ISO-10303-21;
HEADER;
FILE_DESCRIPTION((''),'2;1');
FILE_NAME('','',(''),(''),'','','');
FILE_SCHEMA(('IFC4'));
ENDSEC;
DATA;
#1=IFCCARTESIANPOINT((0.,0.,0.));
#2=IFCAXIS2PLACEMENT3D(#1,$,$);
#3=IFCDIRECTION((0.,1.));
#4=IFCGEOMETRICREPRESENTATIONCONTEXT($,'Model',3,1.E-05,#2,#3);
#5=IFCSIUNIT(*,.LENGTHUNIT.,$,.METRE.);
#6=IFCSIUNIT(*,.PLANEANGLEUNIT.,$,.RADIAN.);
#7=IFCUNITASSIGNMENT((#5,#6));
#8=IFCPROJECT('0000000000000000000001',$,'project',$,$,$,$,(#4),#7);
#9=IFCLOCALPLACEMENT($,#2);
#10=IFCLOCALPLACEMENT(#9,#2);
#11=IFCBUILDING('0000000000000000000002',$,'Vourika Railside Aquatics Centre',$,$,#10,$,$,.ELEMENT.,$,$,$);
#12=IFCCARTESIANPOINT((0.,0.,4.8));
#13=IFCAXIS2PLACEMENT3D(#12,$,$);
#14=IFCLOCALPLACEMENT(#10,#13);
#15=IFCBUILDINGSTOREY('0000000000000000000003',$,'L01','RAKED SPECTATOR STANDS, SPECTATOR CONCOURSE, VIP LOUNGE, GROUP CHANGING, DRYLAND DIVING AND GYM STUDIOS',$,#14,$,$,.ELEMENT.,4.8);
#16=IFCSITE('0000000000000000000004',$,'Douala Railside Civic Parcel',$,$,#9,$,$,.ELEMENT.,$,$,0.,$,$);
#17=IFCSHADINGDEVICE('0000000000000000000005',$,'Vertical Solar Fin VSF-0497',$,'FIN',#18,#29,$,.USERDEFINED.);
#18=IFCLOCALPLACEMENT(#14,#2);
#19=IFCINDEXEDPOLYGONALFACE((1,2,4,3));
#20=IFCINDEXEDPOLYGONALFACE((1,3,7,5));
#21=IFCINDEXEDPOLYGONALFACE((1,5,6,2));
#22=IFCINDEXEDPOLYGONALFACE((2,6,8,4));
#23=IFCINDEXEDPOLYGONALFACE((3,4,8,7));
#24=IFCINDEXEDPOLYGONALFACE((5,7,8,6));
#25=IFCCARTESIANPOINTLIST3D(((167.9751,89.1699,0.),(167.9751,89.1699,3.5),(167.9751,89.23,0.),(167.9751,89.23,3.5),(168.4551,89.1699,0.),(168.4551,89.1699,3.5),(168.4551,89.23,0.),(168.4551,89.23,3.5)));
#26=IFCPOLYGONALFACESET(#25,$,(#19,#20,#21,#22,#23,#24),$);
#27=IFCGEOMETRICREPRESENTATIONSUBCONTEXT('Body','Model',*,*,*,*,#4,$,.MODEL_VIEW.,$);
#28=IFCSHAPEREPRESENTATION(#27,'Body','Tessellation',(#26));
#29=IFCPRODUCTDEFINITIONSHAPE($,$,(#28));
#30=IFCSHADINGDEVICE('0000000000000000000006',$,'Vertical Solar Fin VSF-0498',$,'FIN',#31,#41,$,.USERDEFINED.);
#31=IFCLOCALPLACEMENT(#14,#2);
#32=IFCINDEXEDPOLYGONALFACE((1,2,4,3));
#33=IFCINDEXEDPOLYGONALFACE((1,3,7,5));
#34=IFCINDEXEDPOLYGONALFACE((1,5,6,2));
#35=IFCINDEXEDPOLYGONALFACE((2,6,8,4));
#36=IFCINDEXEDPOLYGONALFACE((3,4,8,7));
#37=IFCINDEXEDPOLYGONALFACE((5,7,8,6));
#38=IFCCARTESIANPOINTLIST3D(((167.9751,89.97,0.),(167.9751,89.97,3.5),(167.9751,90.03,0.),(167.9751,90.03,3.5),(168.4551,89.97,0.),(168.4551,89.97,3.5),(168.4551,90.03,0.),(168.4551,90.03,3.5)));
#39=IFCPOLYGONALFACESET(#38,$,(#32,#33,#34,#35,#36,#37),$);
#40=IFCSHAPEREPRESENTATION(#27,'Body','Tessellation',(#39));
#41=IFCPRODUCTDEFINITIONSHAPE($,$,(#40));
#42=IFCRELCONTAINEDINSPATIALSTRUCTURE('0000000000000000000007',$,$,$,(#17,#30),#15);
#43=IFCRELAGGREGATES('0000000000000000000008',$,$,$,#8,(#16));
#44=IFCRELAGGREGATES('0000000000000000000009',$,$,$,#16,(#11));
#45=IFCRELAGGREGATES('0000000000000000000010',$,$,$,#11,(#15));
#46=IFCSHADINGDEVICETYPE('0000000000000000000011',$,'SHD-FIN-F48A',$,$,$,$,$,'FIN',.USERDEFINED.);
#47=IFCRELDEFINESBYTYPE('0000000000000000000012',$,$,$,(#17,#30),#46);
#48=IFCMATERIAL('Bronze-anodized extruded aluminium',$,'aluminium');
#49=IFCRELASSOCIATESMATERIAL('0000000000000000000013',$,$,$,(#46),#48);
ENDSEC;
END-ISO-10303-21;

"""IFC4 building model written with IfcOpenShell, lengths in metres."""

from ifc_helpers import new_model, si_unit, direction, frame, origin, origin_2d, place, context, subcontext, project, spatial, rectangle, extrude, material, material_profile, profile_set, type_object, element, save


model = new_model("IFC4")

# Units and contexts
model_context = context("Model", 3, precision=1e-05, world=origin(), true_north=direction((0.0, 1.0)))
body_context = subcontext(model_context, "Body", "Model", "MODEL_VIEW")
ifc_project = project(units=[si_unit("LENGTHUNIT", "METRE"), si_unit("PLANEANGLEUNIT", "RADIAN")], contexts=[model_context])

# Site, building, storey
site_placement = place(None, origin())
site = spatial("IfcSite", under=ifc_project, at=site_placement, Name="Douala Railside Civic Parcel", CompositionType="ELEMENT", RefElevation=0.0)
building_placement = place(site_placement, origin())
building = spatial("IfcBuilding", under=site, at=building_placement, Name="Vourika Railside Aquatics Centre", CompositionType="ELEMENT")
storey_placement = place(building_placement, frame((0.0, 0.0, 4.8)))
storey = spatial("IfcBuildingStorey", under=building, at=storey_placement, Name="L01", Description="RAKED SPECTATOR STANDS, SPECTATOR CONCOURSE, VIP LOUNGE, GROUP CHANGING, DRYLAND DIVING AND GYM STUDIOS", CompositionType="ELEMENT", Elevation=4.8)

# Shading devices
ifc_material_1 = material(Name="Bronze-anodized extruded aluminium", Category="aluminium")
ifc_material_profile_1 = material_profile(ifc_material_1, rectangle(XDim=0.0601, YDim=0.48, at=origin_2d()), Name="ALU-FIN 60x480")
ifc_profile_set_1 = profile_set([ifc_material_profile_1], Name="Bronze-anodized extruded aluminium")
shading_device_type = type_object("IfcShadingDeviceType", Name="SHD-FIN-F48A", ElementType="FIN", PredefinedType="USERDEFINED", material=ifc_profile_set_1)
for number, where, z_axis, x_axis, name in (
    (1, (168.2151, 89.2, 0.0), (0.0, 0.0, 1.0), (0.0, -1.0, 0.0), "Vertical Solar Fin VSF-0497"),
    (2, (168.2151, 90.0, 0.0), (0.0, 0.0, 1.0), (0.0, -1.0, 0.0), "Vertical Solar Fin VSF-0498"),
):
    element("IfcShadingDevice", number, at=place(storey_placement, frame(where, z_axis=z_axis, x_axis=x_axis)), inside=storey, type_object=shading_device_type, Name=name, ObjectType="FIN", PredefinedType="USERDEFINED", context=body_context, shape_type="SweptSolid", body=[
        extrude(rectangle(XDim=0.0601, YDim=0.48, at=origin_2d()), origin(), (0.0, 0.0, 1.0), 3.5),
    ])

save(model, "model.ifc")
